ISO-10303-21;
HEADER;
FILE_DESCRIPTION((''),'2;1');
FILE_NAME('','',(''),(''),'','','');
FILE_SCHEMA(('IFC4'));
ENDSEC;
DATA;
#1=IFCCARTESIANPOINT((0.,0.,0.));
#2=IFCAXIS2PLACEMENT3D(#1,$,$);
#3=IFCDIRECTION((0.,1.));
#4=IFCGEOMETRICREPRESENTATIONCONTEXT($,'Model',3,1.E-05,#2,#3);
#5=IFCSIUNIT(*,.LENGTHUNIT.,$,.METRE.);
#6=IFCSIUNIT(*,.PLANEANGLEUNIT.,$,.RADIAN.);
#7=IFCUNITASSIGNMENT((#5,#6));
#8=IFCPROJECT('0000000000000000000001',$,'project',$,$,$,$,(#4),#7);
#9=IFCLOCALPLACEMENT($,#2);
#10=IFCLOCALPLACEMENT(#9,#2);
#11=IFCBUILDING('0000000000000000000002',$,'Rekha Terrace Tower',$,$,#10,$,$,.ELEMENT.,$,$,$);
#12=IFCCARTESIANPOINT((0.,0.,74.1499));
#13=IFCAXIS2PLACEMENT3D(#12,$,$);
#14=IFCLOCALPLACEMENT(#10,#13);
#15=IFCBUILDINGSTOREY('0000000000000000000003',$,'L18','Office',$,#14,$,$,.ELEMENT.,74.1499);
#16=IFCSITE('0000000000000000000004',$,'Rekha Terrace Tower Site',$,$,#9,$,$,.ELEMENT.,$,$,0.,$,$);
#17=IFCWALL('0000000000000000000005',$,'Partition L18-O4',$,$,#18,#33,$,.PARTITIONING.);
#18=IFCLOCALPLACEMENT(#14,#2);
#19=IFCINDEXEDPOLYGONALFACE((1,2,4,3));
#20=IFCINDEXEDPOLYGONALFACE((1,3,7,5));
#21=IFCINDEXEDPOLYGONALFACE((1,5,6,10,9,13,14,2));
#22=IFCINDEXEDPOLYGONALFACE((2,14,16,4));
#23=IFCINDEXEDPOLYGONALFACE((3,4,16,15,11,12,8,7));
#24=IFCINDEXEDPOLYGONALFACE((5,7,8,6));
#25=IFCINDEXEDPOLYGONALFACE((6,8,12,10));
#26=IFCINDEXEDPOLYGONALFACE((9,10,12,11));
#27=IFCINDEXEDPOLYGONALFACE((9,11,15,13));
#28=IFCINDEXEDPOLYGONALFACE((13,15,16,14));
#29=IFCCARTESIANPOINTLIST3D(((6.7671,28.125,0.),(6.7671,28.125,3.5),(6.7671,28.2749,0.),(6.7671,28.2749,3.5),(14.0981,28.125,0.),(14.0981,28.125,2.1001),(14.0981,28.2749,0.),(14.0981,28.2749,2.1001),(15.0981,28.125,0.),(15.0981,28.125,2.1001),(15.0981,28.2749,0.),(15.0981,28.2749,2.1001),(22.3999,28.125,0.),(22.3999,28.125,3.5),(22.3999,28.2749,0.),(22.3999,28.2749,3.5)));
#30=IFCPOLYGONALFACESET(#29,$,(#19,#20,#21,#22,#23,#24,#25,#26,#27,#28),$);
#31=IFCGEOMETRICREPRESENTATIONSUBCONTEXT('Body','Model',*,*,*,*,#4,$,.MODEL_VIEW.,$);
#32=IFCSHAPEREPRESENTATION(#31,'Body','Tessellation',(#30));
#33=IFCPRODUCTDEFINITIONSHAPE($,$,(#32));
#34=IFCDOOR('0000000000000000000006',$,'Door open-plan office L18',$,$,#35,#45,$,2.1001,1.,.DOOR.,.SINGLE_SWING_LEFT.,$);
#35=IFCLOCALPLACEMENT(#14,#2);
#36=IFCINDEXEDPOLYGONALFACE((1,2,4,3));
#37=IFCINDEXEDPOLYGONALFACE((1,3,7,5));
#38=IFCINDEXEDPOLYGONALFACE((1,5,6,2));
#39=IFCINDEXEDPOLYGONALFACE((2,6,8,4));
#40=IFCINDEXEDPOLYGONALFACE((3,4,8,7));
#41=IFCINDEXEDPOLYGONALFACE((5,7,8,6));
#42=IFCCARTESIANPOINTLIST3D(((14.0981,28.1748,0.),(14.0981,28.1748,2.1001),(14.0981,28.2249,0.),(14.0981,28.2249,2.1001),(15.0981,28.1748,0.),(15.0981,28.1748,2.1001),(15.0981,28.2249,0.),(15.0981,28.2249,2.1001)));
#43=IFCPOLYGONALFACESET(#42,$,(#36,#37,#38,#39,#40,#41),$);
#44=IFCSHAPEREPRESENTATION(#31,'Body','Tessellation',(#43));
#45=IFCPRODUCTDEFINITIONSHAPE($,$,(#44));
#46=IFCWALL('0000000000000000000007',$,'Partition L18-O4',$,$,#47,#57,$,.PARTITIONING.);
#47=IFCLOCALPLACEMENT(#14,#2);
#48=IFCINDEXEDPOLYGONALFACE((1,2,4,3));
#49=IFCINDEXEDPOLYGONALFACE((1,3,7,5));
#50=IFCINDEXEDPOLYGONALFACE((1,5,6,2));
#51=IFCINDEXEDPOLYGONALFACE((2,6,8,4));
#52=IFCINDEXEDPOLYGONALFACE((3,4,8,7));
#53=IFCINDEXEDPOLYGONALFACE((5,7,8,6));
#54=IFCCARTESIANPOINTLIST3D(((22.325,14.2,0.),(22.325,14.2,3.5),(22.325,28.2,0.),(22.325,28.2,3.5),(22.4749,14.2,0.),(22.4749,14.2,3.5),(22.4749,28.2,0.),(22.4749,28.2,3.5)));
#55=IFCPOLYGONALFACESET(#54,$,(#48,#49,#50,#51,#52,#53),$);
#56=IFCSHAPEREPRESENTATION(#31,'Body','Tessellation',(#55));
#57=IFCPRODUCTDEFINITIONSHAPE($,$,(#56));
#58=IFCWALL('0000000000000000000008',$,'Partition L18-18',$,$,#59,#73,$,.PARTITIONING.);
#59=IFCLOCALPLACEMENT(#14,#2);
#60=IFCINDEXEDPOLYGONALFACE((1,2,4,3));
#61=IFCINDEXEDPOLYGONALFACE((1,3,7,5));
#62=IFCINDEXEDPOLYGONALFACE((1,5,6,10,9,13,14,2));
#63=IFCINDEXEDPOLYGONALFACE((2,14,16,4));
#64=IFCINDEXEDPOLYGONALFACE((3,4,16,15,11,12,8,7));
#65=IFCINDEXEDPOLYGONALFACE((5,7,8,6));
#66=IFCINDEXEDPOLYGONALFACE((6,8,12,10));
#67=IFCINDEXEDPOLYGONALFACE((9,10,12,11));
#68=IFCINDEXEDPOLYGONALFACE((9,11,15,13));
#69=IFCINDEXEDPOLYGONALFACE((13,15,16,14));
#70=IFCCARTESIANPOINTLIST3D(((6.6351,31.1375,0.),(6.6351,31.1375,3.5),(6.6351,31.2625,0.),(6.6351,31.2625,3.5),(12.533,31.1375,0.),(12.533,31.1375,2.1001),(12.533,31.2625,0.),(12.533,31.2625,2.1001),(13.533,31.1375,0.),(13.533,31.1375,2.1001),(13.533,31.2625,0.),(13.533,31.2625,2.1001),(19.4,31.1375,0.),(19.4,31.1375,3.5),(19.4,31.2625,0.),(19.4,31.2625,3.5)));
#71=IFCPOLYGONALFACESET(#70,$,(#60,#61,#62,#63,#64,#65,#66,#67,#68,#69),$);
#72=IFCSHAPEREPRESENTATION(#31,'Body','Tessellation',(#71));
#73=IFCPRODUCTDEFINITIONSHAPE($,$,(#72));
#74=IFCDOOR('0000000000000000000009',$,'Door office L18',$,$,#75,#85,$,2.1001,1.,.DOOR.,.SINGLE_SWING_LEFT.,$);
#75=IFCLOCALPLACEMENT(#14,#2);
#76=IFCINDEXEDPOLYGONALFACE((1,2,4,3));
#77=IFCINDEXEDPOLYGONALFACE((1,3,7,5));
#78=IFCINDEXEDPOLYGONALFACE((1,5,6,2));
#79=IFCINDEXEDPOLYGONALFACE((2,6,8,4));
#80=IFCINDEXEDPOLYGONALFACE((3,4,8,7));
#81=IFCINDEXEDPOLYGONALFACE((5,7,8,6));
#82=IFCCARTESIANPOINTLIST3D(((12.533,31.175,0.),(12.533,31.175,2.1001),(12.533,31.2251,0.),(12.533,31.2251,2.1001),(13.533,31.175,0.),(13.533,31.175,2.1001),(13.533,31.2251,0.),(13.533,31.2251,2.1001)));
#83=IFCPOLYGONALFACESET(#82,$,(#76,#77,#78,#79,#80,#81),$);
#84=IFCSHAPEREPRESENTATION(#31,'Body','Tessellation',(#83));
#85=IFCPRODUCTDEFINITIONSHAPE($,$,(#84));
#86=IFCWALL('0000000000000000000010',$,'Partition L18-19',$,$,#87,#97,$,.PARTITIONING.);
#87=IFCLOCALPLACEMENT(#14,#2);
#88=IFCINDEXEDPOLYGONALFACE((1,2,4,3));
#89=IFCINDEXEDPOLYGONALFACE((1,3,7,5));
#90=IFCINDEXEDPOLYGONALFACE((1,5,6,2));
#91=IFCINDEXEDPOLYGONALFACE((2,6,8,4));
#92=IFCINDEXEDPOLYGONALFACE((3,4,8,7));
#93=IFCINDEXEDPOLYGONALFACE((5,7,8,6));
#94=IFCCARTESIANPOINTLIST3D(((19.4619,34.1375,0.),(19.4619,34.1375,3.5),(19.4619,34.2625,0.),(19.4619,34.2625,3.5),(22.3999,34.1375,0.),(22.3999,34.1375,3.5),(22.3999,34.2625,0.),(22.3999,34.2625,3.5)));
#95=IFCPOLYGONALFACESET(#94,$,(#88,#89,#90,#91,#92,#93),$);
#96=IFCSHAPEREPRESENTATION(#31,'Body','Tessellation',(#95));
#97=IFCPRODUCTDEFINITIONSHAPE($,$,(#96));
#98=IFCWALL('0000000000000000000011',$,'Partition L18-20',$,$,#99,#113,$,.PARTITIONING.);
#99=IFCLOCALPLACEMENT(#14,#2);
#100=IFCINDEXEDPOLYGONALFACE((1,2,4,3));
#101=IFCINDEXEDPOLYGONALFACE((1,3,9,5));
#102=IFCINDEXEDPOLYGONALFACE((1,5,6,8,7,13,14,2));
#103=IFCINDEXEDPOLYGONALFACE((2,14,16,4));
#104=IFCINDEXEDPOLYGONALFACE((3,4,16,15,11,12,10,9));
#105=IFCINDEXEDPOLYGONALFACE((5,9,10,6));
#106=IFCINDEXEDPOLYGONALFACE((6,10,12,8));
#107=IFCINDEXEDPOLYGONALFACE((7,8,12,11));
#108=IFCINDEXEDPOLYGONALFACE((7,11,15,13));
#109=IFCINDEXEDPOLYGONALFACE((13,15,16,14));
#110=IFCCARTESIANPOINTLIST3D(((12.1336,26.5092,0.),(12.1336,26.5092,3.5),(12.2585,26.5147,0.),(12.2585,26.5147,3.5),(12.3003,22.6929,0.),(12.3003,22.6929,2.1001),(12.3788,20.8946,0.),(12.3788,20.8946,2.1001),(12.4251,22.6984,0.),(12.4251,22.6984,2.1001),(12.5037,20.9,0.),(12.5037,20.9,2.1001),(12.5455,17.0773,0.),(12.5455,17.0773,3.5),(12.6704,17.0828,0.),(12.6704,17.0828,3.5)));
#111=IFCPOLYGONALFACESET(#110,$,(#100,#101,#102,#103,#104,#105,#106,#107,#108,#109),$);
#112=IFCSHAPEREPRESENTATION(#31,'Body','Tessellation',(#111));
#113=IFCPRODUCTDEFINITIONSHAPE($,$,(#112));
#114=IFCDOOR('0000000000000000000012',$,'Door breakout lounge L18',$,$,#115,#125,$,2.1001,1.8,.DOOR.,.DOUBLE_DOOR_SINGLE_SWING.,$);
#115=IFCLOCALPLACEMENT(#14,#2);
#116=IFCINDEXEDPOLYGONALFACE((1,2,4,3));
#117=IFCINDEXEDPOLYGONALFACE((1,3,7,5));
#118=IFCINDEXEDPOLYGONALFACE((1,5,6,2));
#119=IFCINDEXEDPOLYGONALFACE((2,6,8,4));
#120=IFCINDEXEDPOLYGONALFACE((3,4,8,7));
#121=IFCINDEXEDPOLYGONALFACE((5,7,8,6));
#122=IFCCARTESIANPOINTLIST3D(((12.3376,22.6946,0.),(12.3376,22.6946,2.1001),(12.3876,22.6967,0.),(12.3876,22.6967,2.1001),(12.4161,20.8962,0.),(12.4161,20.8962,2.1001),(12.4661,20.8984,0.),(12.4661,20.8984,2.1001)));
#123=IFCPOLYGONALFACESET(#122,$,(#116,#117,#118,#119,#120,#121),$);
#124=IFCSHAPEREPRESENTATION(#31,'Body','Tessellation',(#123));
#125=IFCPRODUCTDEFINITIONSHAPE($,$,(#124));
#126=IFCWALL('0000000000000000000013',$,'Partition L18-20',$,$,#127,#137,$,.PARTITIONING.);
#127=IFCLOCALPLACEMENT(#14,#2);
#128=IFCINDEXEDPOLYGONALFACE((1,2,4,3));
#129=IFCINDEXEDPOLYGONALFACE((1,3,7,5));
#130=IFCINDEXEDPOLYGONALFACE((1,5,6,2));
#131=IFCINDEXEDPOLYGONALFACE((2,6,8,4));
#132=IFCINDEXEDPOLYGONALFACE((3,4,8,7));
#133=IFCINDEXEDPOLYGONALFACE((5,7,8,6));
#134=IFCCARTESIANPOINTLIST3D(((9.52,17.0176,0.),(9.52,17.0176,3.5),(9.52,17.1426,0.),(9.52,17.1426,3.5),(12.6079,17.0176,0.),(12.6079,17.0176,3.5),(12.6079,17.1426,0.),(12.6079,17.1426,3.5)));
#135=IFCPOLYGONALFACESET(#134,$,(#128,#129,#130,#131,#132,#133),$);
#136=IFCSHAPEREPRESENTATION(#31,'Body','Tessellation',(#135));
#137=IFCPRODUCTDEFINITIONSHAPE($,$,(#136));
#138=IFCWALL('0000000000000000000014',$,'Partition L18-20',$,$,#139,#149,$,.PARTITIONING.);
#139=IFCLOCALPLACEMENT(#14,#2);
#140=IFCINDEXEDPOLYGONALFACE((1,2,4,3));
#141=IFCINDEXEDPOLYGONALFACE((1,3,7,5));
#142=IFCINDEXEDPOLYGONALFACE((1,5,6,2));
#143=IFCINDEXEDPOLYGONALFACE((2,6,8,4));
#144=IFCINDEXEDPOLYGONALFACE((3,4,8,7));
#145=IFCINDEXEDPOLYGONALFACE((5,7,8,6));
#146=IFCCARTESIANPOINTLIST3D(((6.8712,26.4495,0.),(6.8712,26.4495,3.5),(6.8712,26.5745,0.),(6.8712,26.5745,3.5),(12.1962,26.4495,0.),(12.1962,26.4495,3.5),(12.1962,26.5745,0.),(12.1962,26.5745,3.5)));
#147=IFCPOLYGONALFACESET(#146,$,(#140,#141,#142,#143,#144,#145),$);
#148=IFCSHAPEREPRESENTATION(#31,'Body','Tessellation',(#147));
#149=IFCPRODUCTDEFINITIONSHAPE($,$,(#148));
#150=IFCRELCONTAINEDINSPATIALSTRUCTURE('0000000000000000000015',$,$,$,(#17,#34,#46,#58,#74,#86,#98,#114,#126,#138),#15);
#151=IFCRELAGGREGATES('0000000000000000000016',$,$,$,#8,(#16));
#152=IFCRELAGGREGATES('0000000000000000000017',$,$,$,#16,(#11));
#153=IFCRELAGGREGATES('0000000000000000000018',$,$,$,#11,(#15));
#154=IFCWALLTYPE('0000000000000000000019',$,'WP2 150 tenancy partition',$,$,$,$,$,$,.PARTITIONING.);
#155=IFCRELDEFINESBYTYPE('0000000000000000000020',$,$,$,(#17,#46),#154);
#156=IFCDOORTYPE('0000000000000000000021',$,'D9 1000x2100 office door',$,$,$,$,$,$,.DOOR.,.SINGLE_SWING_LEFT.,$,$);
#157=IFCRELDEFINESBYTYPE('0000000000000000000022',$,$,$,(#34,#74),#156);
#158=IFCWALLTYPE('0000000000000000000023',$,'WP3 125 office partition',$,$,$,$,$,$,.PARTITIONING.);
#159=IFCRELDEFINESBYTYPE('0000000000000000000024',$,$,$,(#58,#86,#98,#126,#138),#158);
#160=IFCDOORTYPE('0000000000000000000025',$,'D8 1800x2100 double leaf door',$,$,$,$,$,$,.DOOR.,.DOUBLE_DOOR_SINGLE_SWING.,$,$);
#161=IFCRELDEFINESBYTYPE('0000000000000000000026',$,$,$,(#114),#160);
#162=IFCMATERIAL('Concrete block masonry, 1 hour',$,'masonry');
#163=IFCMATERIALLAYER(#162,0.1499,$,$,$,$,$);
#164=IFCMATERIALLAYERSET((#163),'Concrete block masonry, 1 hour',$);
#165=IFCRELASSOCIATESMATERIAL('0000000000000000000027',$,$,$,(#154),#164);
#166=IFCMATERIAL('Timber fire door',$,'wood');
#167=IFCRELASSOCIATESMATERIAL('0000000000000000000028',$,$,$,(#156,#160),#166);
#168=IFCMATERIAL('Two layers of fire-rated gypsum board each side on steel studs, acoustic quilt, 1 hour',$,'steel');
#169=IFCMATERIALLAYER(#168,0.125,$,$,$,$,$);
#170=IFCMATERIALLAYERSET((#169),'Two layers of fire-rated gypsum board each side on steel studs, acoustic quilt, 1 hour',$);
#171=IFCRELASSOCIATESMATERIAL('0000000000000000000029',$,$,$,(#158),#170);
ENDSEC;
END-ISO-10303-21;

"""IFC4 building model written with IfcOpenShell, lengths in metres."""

from ifc_helpers import new_model, si_unit, direction, frame, frame_2d, origin, place, context, subcontext, project, spatial, rectangle, extrude, material, layer, layer_set, type_object, element, fill, save


model = new_model("IFC4")

# Units and contexts
model_context = context("Model", 3, precision=1e-05, world=origin(), true_north=direction((0.0, 1.0)))
body_context = subcontext(model_context, "Body", "Model", "MODEL_VIEW")
ifc_project = project(units=[si_unit("LENGTHUNIT", "METRE"), si_unit("PLANEANGLEUNIT", "RADIAN")], contexts=[model_context])

# Site, building, storey
site_placement = place(None, origin())
site = spatial("IfcSite", under=ifc_project, at=site_placement, Name="Rekha Terrace Tower Site", CompositionType="ELEMENT", RefElevation=0.0)
building_placement = place(site_placement, origin())
building = spatial("IfcBuilding", under=site, at=building_placement, Name="Rekha Terrace Tower", CompositionType="ELEMENT")
storey_placement = place(building_placement, frame((0.0, 0.0, 74.1499)))
storey = spatial("IfcBuildingStorey", under=building, at=storey_placement, Name="L18", Description="Office", CompositionType="ELEMENT", Elevation=74.1499)

# Wall, opening, door
ifc_material_1 = material(Name="Concrete block masonry, 1 hour", Category="masonry")
ifc_layer_1 = layer(ifc_material_1, 0.1499)
ifc_layer_set_1 = layer_set([ifc_layer_1], Name="Concrete block masonry, 1 hour")
wall_type_1 = type_object("IfcWallType", Name="WP2 150 tenancy partition", PredefinedType="PARTITIONING", material=ifc_layer_set_1)
wall_1_placement = place(storey_placement, frame((6.7671, 28.2, 0.0), z_axis=(0.0, 0.0, 1.0), x_axis=(1.0, 0.0, 0.0)))
wall_1 = element("IfcWall", 1, at=wall_1_placement, inside=storey, type_object=wall_type_1, Name="Partition L18-O4", PredefinedType="PARTITIONING", context=body_context, shape_type="SweptSolid", body=[
    extrude(rectangle(XDim=15.6328, YDim=0.1499, at=frame_2d((7.8164, 0.0))), origin(), (0.0, 0.0, 1.0), 3.5),
])
opening_1_placement = place(wall_1_placement, frame((7.3311, 0.0, 0.0)))
opening_1 = element("IfcOpeningElement", 2, at=opening_1_placement, cuts=wall_1, PredefinedType="OPENING", context=body_context, shape_type="SweptSolid", body=[
    extrude(rectangle(XDim=1.0, YDim=2.1001, at=frame_2d((0.5, 1.05))), frame((0.0, 0.085, 0.0), z_axis=(0.0, -1.0, 0.0), x_axis=(1.0, 0.0, 0.0)), (0.0, 0.0, 1.0), 0.1699),
])
ifc_material_2 = material(Name="Timber fire door", Category="wood")
door_type_1 = type_object("IfcDoorType", Name="D9 1000x2100 office door", OperationType="SINGLE_SWING_LEFT", PredefinedType="DOOR", material=ifc_material_2)
door_1_placement = place(opening_1_placement, origin())
door_1 = element("IfcDoor", 3, at=door_1_placement, inside=storey, type_object=door_type_1, Name="Door open-plan office L18", OperationType="SINGLE_SWING_LEFT", OverallHeight=2.1001, OverallWidth=1.0, PredefinedType="DOOR", context=body_context, shape_type="SweptSolid", body=[
    extrude(rectangle(XDim=1.0, YDim=2.1001, at=frame_2d((0.5, 1.05))), frame((0.0, 0.0249, 0.0), z_axis=(0.0, -1.0, 0.0), x_axis=(1.0, 0.0, 0.0)), (0.0, 0.0, 1.0), 0.05),
])
fill(opening_1, door_1)

# Wall
wall_2_placement = place(storey_placement, frame((22.3999, 28.2, 0.0), z_axis=(0.0, 0.0, 1.0), x_axis=(0.0, -1.0, 0.0)))
element("IfcWall", 4, at=wall_2_placement, inside=storey, type_object=wall_type_1, Name="Partition L18-O4", PredefinedType="PARTITIONING", context=body_context, shape_type="SweptSolid", body=[
    extrude(rectangle(XDim=14.0, YDim=0.1499, at=frame_2d((7.0, 0.0))), origin(), (0.0, 0.0, 1.0), 3.5),
])

# Wall, opening, door
ifc_material_3 = material(Name="Two layers of fire-rated gypsum board each side on steel studs, acoustic quilt, 1 hour", Category="steel")
ifc_layer_2 = layer(ifc_material_3, 0.125)
ifc_layer_set_2 = layer_set([ifc_layer_2], Name="Two layers of fire-rated gypsum board each side on steel studs, acoustic quilt, 1 hour")
wall_type_2 = type_object("IfcWallType", Name="WP3 125 office partition", PredefinedType="PARTITIONING", material=ifc_layer_set_2)
wall_3_placement = place(storey_placement, frame((19.3999, 31.2, 0.0), z_axis=(0.0, 0.0, 1.0), x_axis=(-1.0, 0.0, 0.0)))
wall_3 = element("IfcWall", 5, at=wall_3_placement, inside=storey, type_object=wall_type_2, Name="Partition L18-18", PredefinedType="PARTITIONING", context=body_context, shape_type="SweptSolid", body=[
    extrude(rectangle(XDim=12.7649, YDim=0.125, at=frame_2d((6.3823, 0.0))), origin(), (0.0, 0.0, 1.0), 3.5),
])
opening_2_placement = place(wall_3_placement, frame((5.8669, 0.0, 0.0)))
opening_2 = element("IfcOpeningElement", 6, at=opening_2_placement, cuts=wall_3, PredefinedType="OPENING", context=body_context, shape_type="SweptSolid", body=[
    extrude(rectangle(XDim=1.0, YDim=2.1001, at=frame_2d((0.5, 1.05))), frame((0.0, 0.0725, 0.0), z_axis=(0.0, -1.0, 0.0), x_axis=(1.0, 0.0, 0.0)), (0.0, 0.0, 1.0), 0.145),
])
door_2_placement = place(opening_2_placement, origin())
door_2 = element("IfcDoor", 7, at=door_2_placement, inside=storey, type_object=door_type_1, Name="Door office L18", OperationType="SINGLE_SWING_LEFT", OverallHeight=2.1001, OverallWidth=1.0, PredefinedType="DOOR", context=body_context, shape_type="SweptSolid", body=[
    extrude(rectangle(XDim=1.0, YDim=2.1001, at=frame_2d((0.5, 1.05))), frame((0.0, 0.0249, 0.0), z_axis=(0.0, -1.0, 0.0), x_axis=(1.0, 0.0, 0.0)), (0.0, 0.0, 1.0), 0.05),
])
fill(opening_2, door_2)

# Wall
wall_4_placement = place(storey_placement, frame((22.3999, 34.2, 0.0), z_axis=(0.0, 0.0, 1.0), x_axis=(-1.0, 0.0, 0.0)))
element("IfcWall", 8, at=wall_4_placement, inside=storey, type_object=wall_type_2, Name="Partition L18-19", PredefinedType="PARTITIONING", context=body_context, shape_type="SweptSolid", body=[
    extrude(rectangle(XDim=2.938, YDim=0.125, at=frame_2d((1.469, 0.0))), origin(), (0.0, 0.0, 1.0), 3.5),
])

# Wall, opening, door
wall_5_placement = place(storey_placement, frame((12.196, 26.512, 0.0), z_axis=(0.0, 0.0, 1.0), x_axis=(0.043626, -0.999048, 0.0)))
wall_5 = element("IfcWall", 9, at=wall_5_placement, inside=storey, type_object=wall_type_2, Name="Partition L18-20", PredefinedType="PARTITIONING", context=body_context, shape_type="SweptSolid", body=[
    extrude(rectangle(XDim=9.4409, YDim=0.125, at=frame_2d((4.7205, 0.0))), origin(), (0.0, 0.0, 1.0), 3.5),
])
opening_3_placement = place(wall_5_placement, frame((3.8201, 0.0, 0.0)))
opening_3 = element("IfcOpeningElement", 10, at=opening_3_placement, cuts=wall_5, PredefinedType="OPENING", context=body_context, shape_type="SweptSolid", body=[
    extrude(rectangle(XDim=1.8, YDim=2.1001, at=frame_2d((0.8999, 1.05))), frame((0.0, 0.0725, 0.0), z_axis=(0.0, -1.0, 0.0), x_axis=(1.0, 0.0, 0.0)), (0.0, 0.0, 1.0), 0.145),
])
door_type_2 = type_object("IfcDoorType", Name="D8 1800x2100 double leaf door", OperationType="DOUBLE_DOOR_SINGLE_SWING", PredefinedType="DOOR", material=ifc_material_2)
door_3_placement = place(opening_3_placement, origin())
door_3 = element("IfcDoor", 11, at=door_3_placement, inside=storey, type_object=door_type_2, Name="Door breakout lounge L18", OperationType="DOUBLE_DOOR_SINGLE_SWING", OverallHeight=2.1001, OverallWidth=1.8, PredefinedType="DOOR", context=body_context, shape_type="SweptSolid", body=[
    extrude(rectangle(XDim=1.8, YDim=2.1001, at=frame_2d((0.8999, 1.05))), frame((0.0, 0.0249, 0.0), z_axis=(0.0, -1.0, 0.0), x_axis=(1.0, 0.0, 0.0)), (0.0, 0.0, 1.0), 0.05),
])
fill(opening_3, door_3)

# Walls
wall_6_placement = place(storey_placement, frame((12.6079, 17.0801, 0.0), z_axis=(0.0, 0.0, 1.0), x_axis=(-1.0, 0.0, 0.0)))
element("IfcWall", 12, at=wall_6_placement, inside=storey, type_object=wall_type_2, Name="Partition L18-20", PredefinedType="PARTITIONING", context=body_context, shape_type="SweptSolid", body=[
    extrude(rectangle(XDim=3.0879, YDim=0.125, at=frame_2d((1.5439, 0.0))), origin(), (0.0, 0.0, 1.0), 3.5),
])
wall_7_placement = place(storey_placement, frame((6.8711, 26.512, 0.0), z_axis=(0.0, 0.0, 1.0), x_axis=(1.0, 0.0, 0.0)))
element("IfcWall", 13, at=wall_7_placement, inside=storey, type_object=wall_type_2, Name="Partition L18-20", PredefinedType="PARTITIONING", context=body_context, shape_type="SweptSolid", body=[
    extrude(rectangle(XDim=5.325, YDim=0.125, at=frame_2d((2.6626, 0.0))), origin(), (0.0, 0.0, 1.0), 3.5),
])

save(model, "model.ifc")
